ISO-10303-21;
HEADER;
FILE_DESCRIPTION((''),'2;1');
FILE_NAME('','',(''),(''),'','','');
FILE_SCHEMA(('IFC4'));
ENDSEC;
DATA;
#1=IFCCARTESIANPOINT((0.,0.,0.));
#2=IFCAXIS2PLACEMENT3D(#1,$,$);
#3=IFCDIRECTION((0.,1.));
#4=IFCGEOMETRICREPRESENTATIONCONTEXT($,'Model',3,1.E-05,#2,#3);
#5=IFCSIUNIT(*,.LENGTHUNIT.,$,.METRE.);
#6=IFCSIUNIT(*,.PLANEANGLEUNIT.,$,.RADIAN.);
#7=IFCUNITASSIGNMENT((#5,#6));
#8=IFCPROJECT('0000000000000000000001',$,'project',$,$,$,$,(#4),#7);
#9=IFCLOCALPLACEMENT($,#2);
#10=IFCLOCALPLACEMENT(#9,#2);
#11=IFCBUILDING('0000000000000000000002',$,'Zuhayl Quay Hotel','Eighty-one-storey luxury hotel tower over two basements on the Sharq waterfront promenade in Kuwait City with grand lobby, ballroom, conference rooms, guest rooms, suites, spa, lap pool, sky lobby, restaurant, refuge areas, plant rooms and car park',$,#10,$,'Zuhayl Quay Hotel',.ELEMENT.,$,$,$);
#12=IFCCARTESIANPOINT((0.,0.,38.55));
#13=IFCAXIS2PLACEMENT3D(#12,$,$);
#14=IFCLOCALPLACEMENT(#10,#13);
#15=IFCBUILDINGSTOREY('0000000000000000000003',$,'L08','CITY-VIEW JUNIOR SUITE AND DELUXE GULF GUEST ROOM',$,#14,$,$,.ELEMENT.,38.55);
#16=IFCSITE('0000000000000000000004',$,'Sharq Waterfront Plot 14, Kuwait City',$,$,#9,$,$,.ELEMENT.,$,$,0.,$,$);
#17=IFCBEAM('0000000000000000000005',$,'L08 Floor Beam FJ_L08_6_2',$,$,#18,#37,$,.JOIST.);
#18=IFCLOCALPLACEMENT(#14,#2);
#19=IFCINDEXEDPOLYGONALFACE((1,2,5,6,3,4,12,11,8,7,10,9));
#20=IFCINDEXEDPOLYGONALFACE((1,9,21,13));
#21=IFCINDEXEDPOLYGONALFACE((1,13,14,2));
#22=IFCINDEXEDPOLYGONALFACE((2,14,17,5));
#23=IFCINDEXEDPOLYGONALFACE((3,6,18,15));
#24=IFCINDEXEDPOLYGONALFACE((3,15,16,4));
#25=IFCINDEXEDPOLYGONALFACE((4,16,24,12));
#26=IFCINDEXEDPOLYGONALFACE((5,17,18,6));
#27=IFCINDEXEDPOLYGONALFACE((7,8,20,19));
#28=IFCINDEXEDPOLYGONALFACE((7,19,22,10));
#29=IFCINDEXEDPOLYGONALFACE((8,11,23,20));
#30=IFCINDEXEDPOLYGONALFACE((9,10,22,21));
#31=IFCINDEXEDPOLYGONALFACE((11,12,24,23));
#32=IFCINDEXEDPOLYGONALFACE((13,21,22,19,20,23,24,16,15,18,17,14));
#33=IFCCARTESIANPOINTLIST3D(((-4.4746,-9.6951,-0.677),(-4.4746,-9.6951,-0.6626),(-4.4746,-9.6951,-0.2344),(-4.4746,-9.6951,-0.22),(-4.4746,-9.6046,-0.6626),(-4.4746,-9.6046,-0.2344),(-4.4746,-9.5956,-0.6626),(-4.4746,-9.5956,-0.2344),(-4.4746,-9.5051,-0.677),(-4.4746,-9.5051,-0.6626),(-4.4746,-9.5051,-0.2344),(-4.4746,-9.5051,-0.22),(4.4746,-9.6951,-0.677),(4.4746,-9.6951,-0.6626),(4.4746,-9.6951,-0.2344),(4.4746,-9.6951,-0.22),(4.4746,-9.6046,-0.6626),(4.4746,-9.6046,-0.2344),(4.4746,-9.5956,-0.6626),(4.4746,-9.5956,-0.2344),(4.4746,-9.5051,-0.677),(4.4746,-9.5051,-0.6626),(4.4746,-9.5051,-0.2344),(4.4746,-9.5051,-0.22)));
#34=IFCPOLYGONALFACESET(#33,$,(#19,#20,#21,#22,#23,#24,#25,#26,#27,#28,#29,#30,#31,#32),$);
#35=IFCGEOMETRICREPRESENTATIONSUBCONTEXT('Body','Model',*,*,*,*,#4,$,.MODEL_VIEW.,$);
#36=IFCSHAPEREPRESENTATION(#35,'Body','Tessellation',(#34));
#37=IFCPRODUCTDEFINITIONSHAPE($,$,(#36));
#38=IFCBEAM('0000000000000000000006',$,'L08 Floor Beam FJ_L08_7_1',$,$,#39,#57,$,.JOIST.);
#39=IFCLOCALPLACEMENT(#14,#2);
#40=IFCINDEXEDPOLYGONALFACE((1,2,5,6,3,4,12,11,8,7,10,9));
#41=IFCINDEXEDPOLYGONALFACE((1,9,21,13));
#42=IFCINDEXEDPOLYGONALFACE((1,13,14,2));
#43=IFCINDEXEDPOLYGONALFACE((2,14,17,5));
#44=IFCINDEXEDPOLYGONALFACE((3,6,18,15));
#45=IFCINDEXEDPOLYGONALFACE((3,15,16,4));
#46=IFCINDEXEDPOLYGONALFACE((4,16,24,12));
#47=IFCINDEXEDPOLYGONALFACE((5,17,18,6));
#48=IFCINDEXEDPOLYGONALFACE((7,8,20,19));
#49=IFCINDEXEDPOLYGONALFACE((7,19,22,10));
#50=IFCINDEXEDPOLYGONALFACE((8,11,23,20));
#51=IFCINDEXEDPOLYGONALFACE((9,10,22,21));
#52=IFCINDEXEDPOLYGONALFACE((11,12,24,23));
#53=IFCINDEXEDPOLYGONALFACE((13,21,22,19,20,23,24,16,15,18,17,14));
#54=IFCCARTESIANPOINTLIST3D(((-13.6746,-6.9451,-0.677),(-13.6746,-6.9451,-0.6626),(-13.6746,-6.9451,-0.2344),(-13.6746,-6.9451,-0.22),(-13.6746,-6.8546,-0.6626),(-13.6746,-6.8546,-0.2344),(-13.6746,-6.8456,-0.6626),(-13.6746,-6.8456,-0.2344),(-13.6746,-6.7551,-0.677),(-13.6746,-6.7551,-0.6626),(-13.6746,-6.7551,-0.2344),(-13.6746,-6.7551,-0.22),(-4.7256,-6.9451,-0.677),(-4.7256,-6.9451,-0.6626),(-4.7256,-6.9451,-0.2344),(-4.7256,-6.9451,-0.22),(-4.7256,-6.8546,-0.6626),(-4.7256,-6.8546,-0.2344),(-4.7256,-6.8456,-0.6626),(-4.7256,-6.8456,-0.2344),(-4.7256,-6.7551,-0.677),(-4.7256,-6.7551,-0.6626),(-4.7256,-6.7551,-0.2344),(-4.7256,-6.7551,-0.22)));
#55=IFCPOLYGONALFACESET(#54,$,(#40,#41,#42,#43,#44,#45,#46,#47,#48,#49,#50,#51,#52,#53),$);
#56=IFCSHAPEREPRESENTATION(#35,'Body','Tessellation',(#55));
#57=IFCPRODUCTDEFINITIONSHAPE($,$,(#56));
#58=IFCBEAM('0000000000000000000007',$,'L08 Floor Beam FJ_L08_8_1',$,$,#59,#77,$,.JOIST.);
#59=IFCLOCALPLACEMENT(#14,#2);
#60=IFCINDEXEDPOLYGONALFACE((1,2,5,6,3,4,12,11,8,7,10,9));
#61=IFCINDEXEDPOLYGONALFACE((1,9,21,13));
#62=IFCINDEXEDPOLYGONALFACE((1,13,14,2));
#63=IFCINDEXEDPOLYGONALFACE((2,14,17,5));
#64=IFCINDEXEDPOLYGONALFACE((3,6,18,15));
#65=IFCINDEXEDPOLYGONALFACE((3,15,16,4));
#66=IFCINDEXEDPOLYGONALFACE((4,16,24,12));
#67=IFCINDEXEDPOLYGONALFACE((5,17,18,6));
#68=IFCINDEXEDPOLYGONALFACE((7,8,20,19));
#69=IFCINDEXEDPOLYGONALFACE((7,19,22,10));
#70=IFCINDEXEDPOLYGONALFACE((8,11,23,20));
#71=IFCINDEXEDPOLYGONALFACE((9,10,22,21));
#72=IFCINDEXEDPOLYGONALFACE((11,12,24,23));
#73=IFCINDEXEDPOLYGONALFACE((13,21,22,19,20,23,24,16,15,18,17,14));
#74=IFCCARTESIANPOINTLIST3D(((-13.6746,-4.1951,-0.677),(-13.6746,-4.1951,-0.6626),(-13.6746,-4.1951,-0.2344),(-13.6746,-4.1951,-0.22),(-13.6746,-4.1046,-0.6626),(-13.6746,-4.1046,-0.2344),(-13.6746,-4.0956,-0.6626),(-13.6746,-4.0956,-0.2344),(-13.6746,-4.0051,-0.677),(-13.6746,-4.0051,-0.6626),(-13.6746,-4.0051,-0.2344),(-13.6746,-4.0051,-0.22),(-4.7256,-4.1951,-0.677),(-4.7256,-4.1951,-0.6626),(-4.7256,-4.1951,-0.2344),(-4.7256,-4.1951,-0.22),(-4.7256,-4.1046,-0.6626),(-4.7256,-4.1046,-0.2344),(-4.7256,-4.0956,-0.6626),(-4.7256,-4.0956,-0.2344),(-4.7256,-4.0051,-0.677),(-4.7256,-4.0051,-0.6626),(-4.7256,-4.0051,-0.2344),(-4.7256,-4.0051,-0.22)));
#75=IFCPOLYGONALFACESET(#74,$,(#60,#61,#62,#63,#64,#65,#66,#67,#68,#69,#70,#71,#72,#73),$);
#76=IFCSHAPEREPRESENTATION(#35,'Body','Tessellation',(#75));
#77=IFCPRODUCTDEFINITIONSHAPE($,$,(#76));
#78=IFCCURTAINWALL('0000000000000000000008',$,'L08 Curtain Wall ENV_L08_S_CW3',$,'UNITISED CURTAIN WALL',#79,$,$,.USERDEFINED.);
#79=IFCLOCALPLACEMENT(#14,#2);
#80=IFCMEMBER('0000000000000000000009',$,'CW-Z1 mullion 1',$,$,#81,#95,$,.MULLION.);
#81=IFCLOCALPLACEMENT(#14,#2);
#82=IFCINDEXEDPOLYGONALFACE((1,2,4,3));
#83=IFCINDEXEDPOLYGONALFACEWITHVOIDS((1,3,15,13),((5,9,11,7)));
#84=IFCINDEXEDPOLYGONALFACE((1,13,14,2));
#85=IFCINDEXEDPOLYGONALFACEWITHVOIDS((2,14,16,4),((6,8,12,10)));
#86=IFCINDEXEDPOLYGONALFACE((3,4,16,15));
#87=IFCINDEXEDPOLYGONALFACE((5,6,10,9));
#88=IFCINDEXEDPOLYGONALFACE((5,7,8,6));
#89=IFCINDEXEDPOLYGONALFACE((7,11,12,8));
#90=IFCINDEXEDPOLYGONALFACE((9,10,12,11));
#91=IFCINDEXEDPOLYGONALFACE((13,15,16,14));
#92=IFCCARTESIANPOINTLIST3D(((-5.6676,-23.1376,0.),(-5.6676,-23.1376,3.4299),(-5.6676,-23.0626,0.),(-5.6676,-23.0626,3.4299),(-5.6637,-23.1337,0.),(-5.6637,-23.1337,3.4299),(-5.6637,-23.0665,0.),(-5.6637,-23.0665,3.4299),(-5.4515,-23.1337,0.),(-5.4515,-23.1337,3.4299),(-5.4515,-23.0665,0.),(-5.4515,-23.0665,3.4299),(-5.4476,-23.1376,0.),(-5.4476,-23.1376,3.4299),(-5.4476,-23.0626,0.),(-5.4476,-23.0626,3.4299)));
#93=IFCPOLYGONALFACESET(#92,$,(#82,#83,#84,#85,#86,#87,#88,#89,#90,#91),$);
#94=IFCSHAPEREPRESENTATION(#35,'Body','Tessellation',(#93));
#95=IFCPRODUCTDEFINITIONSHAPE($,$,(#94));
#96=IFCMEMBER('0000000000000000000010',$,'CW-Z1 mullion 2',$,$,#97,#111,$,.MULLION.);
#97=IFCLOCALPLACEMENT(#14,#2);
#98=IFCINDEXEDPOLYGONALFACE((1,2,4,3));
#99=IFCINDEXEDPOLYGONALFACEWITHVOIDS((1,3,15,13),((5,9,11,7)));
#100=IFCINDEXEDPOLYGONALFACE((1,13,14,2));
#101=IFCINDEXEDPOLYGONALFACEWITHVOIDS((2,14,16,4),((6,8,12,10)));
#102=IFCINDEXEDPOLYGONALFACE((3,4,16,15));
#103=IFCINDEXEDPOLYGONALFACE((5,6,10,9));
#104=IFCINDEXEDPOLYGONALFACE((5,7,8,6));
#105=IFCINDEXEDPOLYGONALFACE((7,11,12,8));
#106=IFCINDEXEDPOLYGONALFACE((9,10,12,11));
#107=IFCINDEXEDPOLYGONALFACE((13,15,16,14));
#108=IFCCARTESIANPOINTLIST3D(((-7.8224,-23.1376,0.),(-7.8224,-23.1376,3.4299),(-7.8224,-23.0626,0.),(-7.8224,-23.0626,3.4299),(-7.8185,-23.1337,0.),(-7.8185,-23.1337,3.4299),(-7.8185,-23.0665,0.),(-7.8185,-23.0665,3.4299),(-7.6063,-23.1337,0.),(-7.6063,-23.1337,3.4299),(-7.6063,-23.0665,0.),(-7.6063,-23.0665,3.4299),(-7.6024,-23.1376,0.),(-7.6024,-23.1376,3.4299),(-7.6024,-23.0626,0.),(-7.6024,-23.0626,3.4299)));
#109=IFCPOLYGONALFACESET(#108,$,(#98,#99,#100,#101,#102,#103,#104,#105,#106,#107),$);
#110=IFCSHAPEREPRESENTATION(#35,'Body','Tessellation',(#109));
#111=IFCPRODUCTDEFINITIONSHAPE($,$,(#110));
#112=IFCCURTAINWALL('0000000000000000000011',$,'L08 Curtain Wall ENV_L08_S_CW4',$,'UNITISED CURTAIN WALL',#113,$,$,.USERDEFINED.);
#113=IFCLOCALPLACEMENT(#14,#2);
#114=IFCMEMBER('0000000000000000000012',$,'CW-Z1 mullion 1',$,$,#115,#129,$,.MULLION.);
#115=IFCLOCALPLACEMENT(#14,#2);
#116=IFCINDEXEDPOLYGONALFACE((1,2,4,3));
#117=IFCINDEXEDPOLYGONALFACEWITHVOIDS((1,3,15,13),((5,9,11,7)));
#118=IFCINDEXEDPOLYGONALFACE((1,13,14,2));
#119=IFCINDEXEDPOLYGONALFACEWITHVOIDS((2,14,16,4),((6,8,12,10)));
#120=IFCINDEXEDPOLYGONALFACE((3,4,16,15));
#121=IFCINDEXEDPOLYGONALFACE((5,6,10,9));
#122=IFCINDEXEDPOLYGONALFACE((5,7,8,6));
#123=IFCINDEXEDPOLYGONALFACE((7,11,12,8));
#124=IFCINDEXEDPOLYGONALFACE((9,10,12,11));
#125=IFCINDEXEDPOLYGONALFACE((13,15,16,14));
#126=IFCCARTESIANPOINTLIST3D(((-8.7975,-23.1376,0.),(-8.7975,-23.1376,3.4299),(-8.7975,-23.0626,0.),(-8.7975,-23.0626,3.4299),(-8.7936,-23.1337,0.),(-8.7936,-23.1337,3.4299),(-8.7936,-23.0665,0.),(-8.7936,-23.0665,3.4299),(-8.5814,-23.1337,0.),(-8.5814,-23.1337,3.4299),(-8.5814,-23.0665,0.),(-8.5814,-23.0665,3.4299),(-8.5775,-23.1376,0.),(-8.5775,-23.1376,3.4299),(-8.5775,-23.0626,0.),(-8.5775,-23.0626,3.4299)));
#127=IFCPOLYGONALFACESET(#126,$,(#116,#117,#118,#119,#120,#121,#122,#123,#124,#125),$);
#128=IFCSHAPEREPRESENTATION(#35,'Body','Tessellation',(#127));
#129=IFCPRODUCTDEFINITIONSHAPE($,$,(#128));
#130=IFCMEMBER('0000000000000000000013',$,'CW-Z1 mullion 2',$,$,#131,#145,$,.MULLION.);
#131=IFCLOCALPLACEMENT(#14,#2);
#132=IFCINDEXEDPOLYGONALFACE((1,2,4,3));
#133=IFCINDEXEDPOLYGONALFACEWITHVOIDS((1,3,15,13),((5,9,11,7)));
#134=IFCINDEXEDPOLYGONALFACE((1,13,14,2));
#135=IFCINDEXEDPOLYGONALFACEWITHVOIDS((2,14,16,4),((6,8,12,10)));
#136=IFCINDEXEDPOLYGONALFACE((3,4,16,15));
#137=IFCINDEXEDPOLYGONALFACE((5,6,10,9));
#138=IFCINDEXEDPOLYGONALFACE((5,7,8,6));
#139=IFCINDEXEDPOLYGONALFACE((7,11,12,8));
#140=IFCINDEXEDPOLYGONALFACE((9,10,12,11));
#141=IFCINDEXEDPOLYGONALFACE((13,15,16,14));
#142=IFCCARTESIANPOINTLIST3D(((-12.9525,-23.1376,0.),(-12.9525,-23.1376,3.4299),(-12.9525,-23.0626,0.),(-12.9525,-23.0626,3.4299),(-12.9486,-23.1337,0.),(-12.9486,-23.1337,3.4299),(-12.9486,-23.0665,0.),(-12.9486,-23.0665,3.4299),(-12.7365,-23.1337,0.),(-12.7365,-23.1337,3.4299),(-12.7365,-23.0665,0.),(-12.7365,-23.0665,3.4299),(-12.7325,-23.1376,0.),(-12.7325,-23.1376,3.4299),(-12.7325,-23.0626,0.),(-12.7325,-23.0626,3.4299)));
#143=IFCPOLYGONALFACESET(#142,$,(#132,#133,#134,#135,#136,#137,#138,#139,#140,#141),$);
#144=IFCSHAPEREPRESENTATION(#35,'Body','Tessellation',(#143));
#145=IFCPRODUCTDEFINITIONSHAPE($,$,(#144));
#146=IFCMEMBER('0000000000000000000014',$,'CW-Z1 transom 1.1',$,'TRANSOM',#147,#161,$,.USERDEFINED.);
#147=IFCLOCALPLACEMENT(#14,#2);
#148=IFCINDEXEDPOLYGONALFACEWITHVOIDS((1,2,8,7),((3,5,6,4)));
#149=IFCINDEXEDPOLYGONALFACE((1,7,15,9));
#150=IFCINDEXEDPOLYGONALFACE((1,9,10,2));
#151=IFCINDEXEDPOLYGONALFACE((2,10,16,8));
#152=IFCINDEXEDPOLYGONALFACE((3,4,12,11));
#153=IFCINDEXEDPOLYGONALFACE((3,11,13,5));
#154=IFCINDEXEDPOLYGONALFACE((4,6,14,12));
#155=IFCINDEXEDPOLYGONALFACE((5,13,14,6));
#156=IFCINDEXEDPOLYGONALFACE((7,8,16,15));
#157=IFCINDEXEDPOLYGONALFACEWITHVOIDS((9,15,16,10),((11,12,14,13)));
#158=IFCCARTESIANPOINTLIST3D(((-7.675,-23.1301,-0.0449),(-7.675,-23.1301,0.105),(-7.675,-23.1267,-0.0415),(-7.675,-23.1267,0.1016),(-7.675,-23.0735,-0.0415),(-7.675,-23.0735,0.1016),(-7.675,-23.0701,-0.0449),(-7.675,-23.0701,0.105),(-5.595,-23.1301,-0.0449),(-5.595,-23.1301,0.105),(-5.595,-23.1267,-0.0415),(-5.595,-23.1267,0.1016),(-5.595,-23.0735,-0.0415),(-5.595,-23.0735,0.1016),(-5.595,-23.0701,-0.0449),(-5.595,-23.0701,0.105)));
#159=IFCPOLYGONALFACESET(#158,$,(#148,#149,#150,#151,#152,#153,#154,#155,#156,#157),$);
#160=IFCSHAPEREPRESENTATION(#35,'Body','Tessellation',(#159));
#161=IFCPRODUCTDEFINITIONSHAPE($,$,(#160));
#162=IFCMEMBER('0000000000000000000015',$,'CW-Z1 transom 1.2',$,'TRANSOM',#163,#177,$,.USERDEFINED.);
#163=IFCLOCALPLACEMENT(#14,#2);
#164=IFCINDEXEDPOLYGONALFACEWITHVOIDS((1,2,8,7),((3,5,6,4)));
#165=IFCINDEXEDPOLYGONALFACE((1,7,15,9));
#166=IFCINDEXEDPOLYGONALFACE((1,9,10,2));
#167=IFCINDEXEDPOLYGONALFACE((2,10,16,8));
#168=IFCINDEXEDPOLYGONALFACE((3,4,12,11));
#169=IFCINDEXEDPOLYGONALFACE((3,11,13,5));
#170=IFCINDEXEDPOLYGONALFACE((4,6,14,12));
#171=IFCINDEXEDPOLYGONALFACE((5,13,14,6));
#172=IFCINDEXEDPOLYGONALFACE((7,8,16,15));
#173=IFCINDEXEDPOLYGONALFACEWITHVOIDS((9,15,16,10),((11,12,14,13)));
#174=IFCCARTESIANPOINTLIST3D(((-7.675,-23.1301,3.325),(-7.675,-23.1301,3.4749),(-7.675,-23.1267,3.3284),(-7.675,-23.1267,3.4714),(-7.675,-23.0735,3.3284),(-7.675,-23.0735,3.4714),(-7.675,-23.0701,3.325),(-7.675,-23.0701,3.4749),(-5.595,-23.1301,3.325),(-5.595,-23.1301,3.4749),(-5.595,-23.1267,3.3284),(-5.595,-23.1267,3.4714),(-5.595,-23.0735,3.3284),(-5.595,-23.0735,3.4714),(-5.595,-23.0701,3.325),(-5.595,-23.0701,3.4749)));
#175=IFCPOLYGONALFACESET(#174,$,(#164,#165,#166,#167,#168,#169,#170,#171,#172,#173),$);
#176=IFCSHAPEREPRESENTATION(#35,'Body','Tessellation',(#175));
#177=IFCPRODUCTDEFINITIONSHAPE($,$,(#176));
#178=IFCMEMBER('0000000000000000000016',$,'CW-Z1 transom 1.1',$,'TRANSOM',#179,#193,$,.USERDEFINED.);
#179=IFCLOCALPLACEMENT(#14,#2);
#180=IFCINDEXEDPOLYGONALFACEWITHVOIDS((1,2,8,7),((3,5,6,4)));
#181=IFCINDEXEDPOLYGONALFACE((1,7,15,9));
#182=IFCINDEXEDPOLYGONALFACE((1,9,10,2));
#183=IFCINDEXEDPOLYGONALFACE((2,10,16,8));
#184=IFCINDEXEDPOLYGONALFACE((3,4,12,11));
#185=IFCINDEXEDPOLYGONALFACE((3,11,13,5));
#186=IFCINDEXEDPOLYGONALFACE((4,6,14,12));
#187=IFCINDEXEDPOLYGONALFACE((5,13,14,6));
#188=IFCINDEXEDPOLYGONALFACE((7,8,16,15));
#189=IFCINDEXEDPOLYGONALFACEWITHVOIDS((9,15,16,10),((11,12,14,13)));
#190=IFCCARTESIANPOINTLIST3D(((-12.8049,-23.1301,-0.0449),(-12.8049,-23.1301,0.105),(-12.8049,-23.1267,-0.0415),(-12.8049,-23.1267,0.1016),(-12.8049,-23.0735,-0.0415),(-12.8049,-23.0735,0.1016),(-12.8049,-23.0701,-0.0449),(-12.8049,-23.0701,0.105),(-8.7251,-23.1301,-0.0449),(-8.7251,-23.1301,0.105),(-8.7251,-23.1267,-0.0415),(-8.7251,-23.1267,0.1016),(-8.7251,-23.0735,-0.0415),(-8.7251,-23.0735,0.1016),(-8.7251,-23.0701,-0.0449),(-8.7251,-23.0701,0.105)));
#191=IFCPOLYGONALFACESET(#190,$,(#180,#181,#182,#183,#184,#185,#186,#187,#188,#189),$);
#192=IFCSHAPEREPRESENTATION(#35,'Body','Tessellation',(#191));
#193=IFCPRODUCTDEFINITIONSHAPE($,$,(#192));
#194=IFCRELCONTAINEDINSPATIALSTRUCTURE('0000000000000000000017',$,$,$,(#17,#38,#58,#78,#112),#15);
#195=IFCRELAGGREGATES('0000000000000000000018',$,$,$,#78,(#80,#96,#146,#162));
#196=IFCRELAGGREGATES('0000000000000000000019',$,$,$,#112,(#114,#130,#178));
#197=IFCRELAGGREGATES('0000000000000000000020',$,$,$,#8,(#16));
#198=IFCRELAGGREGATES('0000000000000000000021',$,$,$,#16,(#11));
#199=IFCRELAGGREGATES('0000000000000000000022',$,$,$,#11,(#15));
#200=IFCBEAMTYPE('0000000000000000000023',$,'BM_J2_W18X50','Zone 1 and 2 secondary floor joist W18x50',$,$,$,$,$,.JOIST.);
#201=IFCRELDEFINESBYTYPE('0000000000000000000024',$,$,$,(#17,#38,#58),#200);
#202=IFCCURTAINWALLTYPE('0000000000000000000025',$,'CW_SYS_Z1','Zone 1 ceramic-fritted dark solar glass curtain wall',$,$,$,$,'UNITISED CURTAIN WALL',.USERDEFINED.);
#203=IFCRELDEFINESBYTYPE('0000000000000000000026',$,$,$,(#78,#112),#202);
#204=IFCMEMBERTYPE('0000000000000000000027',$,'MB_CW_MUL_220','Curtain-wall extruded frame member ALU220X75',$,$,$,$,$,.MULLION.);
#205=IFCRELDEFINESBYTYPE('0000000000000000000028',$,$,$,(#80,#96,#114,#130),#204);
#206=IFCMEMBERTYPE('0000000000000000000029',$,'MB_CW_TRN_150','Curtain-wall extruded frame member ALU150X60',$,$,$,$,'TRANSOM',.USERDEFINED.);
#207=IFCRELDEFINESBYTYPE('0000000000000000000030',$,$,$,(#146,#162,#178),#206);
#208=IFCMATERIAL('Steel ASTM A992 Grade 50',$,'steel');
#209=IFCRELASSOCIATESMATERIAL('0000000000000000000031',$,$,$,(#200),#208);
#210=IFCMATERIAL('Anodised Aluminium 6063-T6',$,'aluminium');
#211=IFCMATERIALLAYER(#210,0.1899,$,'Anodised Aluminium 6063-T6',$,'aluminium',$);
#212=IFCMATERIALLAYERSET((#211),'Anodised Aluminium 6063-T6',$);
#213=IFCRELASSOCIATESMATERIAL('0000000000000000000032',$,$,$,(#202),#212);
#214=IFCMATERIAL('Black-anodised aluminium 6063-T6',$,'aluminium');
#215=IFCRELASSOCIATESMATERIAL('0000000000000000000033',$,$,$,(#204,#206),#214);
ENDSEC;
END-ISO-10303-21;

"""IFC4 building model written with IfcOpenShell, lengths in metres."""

from ifc_helpers import new_model, si_unit, direction, frame, origin, origin_2d, place, context, subcontext, project, spatial, hollow_rectangle, i_section, extrude, material, layer, layer_set, material_profile, profile_set, type_object, element, aggregate, save


model = new_model("IFC4")

# Units and contexts
model_context = context("Model", 3, precision=1e-05, world=origin(), true_north=direction((0.0, 1.0)))
body_context = subcontext(model_context, "Body", "Model", "MODEL_VIEW")
ifc_project = project(units=[si_unit("LENGTHUNIT", "METRE"), si_unit("PLANEANGLEUNIT", "RADIAN")], contexts=[model_context])

# Site, building, storey
site_placement = place(None, origin())
site = spatial("IfcSite", under=ifc_project, at=site_placement, Name="Sharq Waterfront Plot 14, Kuwait City", CompositionType="ELEMENT", RefElevation=0.0)
building_placement = place(site_placement, origin())
building = spatial("IfcBuilding", under=site, at=building_placement, Name="Zuhayl Quay Hotel", Description="Eighty-one-storey luxury hotel tower over two basements on the Sharq waterfront promenade in Kuwait City with grand lobby, ballroom, conference rooms, guest rooms, suites, spa, lap pool, sky lobby, restaurant, refuge areas, plant rooms and car park", LongName="Zuhayl Quay Hotel", CompositionType="ELEMENT")
storey_placement = place(building_placement, frame((0.0, 0.0, 38.55)))
storey = spatial("IfcBuildingStorey", under=building, at=storey_placement, Name="L08", Description="CITY-VIEW JUNIOR SUITE AND DELUXE GULF GUEST ROOM", CompositionType="ELEMENT", Elevation=38.55)

# Beams
ifc_material_1 = material(Name="Steel ASTM A992 Grade 50", Category="steel")
ifc_material_profile_1 = material_profile(ifc_material_1, i_section(OverallWidth=0.1899, OverallDepth=0.457, WebThickness=0.009, FlangeThickness=0.0144, at=origin_2d()), Name="W18X50")
ifc_profile_set_1 = profile_set([ifc_material_profile_1], Name="Steel ASTM A992 Grade 50")
beam_type_1 = type_object("IfcBeamType", Name="BM_J2_W18X50", Description="Zone 1 and 2 secondary floor joist W18x50", PredefinedType="JOIST", material=ifc_profile_set_1)
beam_1_placement = place(storey_placement, frame((-4.4746, -9.6001, -0.4485), z_axis=(1.0, 0.0, 0.0), x_axis=(0.0, 1.0, 0.0)))
element("IfcBeam", 1, at=beam_1_placement, inside=storey, type_object=beam_type_1, Name="L08 Floor Beam FJ_L08_6_2", PredefinedType="JOIST", context=body_context, shape_type="SweptSolid", body=[
    extrude(i_section(OverallWidth=0.1899, OverallDepth=0.457, WebThickness=0.009, FlangeThickness=0.0144, at=origin_2d()), origin(), (0.0, 0.0, 1.0), 8.9492),
])
for number, where, z_axis, x_axis, name in (
    (2, (-13.6746, -6.8501, -0.4485), (1.0, 0.0, 0.0), (0.0, 1.0, 0.0), "L08 Floor Beam FJ_L08_7_1"),
    (3, (-13.6746, -4.1001, -0.4485), (1.0, 0.0, 0.0), (0.0, 1.0, 0.0), "L08 Floor Beam FJ_L08_8_1"),
):
    element("IfcBeam", number, at=place(storey_placement, frame(where, z_axis=z_axis, x_axis=x_axis)), inside=storey, type_object=beam_type_1, Name=name, PredefinedType="JOIST", context=body_context, shape_type="SweptSolid", body=[
        extrude(i_section(OverallWidth=0.1899, OverallDepth=0.457, WebThickness=0.009, FlangeThickness=0.0144, at=origin_2d()), origin(), (0.0, 0.0, 1.0), 8.949),
    ])

# Curtain walls, members
ifc_material_2 = material(Name="Anodised Aluminium 6063-T6", Category="aluminium")
ifc_layer_1 = layer(ifc_material_2, 0.1899, Name="Anodised Aluminium 6063-T6", Category="aluminium")
ifc_layer_set_1 = layer_set([ifc_layer_1], Name="Anodised Aluminium 6063-T6")
curtain_wall_type = type_object("IfcCurtainWallType", Name="CW_SYS_Z1", Description="Zone 1 ceramic-fritted dark solar glass curtain wall", ElementType="UNITISED CURTAIN WALL", PredefinedType="USERDEFINED", material=ifc_layer_set_1)
curtain_wall_1_placement = place(storey_placement, origin())
curtain_wall_1 = element("IfcCurtainWall", 4, at=curtain_wall_1_placement, inside=storey, type_object=curtain_wall_type, Name="L08 Curtain Wall ENV_L08_S_CW3", ObjectType="UNITISED CURTAIN WALL", PredefinedType="USERDEFINED")
ifc_material_3 = material(Name="Black-anodised aluminium 6063-T6", Category="aluminium")
ifc_material_profile_2 = material_profile(ifc_material_3, hollow_rectangle(XDim=0.075, YDim=0.22, WallThickness=0.0039, at=origin_2d()), Name="ALU220X75")
ifc_profile_set_2 = profile_set([ifc_material_profile_2], Name="Black-anodised aluminium 6063-T6")
member_type_1 = type_object("IfcMemberType", Name="MB_CW_MUL_220", Description="Curtain-wall extruded frame member ALU220X75", PredefinedType="MULLION", material=ifc_profile_set_2)
member_1_placement = place(storey_placement, frame((-5.5576, -23.1001, 0.0), z_axis=(0.0, 0.0, 1.0), x_axis=(0.0, -1.0, 0.0)))
member_1 = element("IfcMember", 5, at=member_1_placement, type_object=member_type_1, Name="CW-Z1 mullion 1", PredefinedType="MULLION", context=body_context, shape_type="SweptSolid", body=[
    extrude(hollow_rectangle(XDim=0.075, YDim=0.22, WallThickness=0.0039, at=origin_2d()), origin(), (0.0, 0.0, 1.0), 3.4299),
])
member_2_placement = place(storey_placement, frame((-7.7124, -23.1001, 0.0), z_axis=(0.0, 0.0, 1.0), x_axis=(0.0, -1.0, 0.0)))
member_2 = element("IfcMember", 6, at=member_2_placement, type_object=member_type_1, Name="CW-Z1 mullion 2", PredefinedType="MULLION", context=body_context, shape_type="SweptSolid", body=[
    extrude(hollow_rectangle(XDim=0.075, YDim=0.22, WallThickness=0.0039, at=origin_2d()), origin(), (0.0, 0.0, 1.0), 3.4299),
])
curtain_wall_2_placement = place(storey_placement, origin())
curtain_wall_2 = element("IfcCurtainWall", 7, at=curtain_wall_2_placement, inside=storey, type_object=curtain_wall_type, Name="L08 Curtain Wall ENV_L08_S_CW4", ObjectType="UNITISED CURTAIN WALL", PredefinedType="USERDEFINED")
member_3_placement = place(storey_placement, frame((-8.6875, -23.1001, 0.0), z_axis=(0.0, 0.0, 1.0), x_axis=(0.0, -1.0, 0.0)))
member_3 = element("IfcMember", 8, at=member_3_placement, type_object=member_type_1, Name="CW-Z1 mullion 1", PredefinedType="MULLION", context=body_context, shape_type="SweptSolid", body=[
    extrude(hollow_rectangle(XDim=0.075, YDim=0.22, WallThickness=0.0039, at=origin_2d()), origin(), (0.0, 0.0, 1.0), 3.4299),
])
member_4_placement = place(storey_placement, frame((-12.8425, -23.1001, 0.0), z_axis=(0.0, 0.0, 1.0), x_axis=(0.0, -1.0, 0.0)))
member_4 = element("IfcMember", 9, at=member_4_placement, type_object=member_type_1, Name="CW-Z1 mullion 2", PredefinedType="MULLION", context=body_context, shape_type="SweptSolid", body=[
    extrude(hollow_rectangle(XDim=0.075, YDim=0.22, WallThickness=0.0039, at=origin_2d()), origin(), (0.0, 0.0, 1.0), 3.4299),
])

# Members
ifc_material_profile_3 = material_profile(ifc_material_3, hollow_rectangle(XDim=0.0601, YDim=0.1499, WallThickness=0.0034, at=origin_2d()), Name="ALU150X60")
ifc_profile_set_3 = profile_set([ifc_material_profile_3], Name="Black-anodised aluminium 6063-T6")
member_type_2 = type_object("IfcMemberType", Name="MB_CW_TRN_150", Description="Curtain-wall extruded frame member ALU150X60", ElementType="TRANSOM", PredefinedType="USERDEFINED", material=ifc_profile_set_3)
member_5_placement = place(storey_placement, frame((-5.595, -23.1001, 0.03), z_axis=(-1.0, 0.0, 0.0), x_axis=(0.0, -1.0, 0.0)))
member_5 = element("IfcMember", 10, at=member_5_placement, type_object=member_type_2, Name="CW-Z1 transom 1.1", ObjectType="TRANSOM", PredefinedType="USERDEFINED", context=body_context, shape_type="SweptSolid", body=[
    extrude(hollow_rectangle(XDim=0.0601, YDim=0.1499, WallThickness=0.0034, at=origin_2d()), origin(), (0.0, 0.0, 1.0), 2.0801),
])
member_6_placement = place(storey_placement, frame((-5.595, -23.1001, 3.3999), z_axis=(-1.0, 0.0, 0.0), x_axis=(0.0, -1.0, 0.0)))
member_6 = element("IfcMember", 11, at=member_6_placement, type_object=member_type_2, Name="CW-Z1 transom 1.2", ObjectType="TRANSOM", PredefinedType="USERDEFINED", context=body_context, shape_type="SweptSolid", body=[
    extrude(hollow_rectangle(XDim=0.0601, YDim=0.1499, WallThickness=0.0034, at=origin_2d()), origin(), (0.0, 0.0, 1.0), 2.0801),
])
member_7_placement = place(storey_placement, frame((-8.7251, -23.1001, 0.03), z_axis=(-1.0, 0.0, 0.0), x_axis=(0.0, -1.0, 0.0)))
member_7 = element("IfcMember", 12, at=member_7_placement, type_object=member_type_2, Name="CW-Z1 transom 1.1", ObjectType="TRANSOM", PredefinedType="USERDEFINED", context=body_context, shape_type="SweptSolid", body=[
    extrude(hollow_rectangle(XDim=0.0601, YDim=0.1499, WallThickness=0.0034, at=origin_2d()), origin(), (0.0, 0.0, 1.0), 4.0798),
])

aggregate(curtain_wall_1, [member_1, member_2, member_5, member_6])
aggregate(curtain_wall_2, [member_3, member_4, member_7])

save(model, "model.ifc")
